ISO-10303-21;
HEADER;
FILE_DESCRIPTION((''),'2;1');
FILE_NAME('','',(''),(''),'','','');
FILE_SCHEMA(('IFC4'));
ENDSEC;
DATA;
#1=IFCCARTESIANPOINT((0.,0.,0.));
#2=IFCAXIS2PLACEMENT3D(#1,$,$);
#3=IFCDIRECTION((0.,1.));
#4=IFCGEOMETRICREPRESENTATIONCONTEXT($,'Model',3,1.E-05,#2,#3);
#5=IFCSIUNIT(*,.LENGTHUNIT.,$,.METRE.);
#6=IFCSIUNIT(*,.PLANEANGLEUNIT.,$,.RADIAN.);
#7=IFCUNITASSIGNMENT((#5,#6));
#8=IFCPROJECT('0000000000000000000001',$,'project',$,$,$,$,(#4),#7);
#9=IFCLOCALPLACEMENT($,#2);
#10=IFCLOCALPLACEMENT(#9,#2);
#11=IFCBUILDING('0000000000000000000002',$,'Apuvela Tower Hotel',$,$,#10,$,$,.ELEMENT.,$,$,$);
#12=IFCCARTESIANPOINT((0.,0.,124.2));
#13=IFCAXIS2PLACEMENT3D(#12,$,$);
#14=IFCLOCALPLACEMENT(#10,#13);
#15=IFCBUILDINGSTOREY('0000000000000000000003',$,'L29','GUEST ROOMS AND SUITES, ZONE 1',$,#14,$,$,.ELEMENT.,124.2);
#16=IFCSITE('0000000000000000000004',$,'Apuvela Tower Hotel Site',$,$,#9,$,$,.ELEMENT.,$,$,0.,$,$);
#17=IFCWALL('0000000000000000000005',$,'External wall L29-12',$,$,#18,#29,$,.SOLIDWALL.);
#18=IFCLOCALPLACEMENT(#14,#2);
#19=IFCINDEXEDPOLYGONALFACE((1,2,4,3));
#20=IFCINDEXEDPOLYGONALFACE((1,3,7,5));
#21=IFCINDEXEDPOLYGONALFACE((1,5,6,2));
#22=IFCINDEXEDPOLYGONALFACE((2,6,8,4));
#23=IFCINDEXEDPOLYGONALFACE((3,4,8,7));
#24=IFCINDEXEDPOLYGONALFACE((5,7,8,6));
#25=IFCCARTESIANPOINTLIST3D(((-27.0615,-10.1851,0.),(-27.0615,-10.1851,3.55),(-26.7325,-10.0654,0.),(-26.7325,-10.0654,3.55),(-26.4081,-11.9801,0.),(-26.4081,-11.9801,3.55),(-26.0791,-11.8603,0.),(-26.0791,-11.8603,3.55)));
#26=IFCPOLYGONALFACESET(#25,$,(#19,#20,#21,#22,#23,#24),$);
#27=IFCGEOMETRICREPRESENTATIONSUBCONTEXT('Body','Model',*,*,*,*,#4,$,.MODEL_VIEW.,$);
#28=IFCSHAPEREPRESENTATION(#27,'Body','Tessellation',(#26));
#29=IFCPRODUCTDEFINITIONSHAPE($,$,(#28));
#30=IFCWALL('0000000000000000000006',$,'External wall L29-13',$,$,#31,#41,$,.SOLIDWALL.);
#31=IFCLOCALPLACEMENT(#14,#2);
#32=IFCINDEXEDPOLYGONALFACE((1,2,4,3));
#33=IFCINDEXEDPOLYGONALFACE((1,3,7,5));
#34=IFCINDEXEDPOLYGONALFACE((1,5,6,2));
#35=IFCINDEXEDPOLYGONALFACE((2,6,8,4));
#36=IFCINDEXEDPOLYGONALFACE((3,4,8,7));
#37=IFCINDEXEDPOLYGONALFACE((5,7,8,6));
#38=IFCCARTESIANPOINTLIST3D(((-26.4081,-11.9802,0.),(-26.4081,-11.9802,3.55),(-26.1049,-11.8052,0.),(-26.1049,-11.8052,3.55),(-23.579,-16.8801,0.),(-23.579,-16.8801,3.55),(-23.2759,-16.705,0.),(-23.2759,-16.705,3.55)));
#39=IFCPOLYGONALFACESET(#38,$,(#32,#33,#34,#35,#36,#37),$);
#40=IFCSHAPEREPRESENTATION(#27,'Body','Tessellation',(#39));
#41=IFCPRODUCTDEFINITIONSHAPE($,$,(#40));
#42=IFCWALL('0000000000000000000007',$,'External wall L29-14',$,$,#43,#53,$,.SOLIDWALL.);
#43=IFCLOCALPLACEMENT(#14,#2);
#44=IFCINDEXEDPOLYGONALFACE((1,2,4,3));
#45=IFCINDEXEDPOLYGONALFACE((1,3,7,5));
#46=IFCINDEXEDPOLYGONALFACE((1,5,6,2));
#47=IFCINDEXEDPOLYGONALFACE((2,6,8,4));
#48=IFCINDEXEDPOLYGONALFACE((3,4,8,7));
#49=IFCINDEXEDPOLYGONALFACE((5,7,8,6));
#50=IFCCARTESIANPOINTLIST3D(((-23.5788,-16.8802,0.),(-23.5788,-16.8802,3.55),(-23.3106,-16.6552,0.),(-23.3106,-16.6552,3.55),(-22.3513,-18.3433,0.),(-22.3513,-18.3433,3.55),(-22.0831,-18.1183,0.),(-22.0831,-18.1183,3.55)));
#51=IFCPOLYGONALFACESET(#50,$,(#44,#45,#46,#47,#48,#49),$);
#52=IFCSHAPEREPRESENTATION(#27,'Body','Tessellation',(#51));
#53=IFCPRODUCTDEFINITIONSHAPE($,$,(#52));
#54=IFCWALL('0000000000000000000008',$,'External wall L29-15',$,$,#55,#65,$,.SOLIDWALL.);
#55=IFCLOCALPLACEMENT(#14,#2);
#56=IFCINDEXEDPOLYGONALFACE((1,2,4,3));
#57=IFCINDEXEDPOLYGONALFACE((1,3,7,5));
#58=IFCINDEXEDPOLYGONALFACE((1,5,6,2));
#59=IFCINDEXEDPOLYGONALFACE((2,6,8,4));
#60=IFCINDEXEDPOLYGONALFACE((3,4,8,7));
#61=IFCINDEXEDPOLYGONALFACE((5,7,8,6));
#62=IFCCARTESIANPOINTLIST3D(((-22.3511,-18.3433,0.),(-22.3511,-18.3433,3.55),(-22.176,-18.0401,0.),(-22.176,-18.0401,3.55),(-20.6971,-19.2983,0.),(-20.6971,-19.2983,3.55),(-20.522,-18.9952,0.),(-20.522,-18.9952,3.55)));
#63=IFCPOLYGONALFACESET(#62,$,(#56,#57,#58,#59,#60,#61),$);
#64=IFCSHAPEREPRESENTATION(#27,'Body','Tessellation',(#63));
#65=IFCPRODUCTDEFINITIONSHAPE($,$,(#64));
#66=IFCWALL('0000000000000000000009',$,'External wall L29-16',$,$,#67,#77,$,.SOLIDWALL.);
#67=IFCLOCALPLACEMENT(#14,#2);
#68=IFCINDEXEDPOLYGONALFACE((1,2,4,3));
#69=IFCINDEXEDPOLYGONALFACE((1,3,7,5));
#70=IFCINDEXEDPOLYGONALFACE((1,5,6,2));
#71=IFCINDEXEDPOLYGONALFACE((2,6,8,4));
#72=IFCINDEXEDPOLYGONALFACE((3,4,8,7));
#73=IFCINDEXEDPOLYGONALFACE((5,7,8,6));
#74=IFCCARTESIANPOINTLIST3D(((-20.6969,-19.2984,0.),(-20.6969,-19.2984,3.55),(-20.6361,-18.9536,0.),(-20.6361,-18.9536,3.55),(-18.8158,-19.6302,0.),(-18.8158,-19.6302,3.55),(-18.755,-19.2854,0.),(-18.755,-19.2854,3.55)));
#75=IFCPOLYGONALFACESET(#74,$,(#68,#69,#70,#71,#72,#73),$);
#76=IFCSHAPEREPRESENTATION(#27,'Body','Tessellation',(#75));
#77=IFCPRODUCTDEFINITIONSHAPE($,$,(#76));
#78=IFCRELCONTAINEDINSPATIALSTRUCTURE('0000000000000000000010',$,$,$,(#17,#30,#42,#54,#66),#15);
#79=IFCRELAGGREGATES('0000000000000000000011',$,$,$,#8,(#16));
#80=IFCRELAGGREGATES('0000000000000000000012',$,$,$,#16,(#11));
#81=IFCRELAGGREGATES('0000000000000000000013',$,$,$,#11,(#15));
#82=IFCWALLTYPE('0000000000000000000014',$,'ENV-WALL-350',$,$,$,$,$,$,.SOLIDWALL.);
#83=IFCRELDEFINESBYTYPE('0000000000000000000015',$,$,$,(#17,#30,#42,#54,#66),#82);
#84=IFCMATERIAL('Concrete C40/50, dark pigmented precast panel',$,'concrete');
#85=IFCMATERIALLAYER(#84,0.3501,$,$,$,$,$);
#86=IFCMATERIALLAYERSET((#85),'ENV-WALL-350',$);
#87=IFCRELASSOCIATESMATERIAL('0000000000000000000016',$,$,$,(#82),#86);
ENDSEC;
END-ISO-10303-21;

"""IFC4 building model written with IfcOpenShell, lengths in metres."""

from ifc_helpers import new_model, si_unit, direction, frame, frame_2d, origin, place, context, subcontext, project, spatial, rectangle, extrude, material, layer, layer_set, type_object, element, save


model = new_model("IFC4")

# Units and contexts
model_context = context("Model", 3, precision=1e-05, world=origin(), true_north=direction((0.0, 1.0)))
body_context = subcontext(model_context, "Body", "Model", "MODEL_VIEW")
ifc_project = project(units=[si_unit("LENGTHUNIT", "METRE"), si_unit("PLANEANGLEUNIT", "RADIAN")], contexts=[model_context])

# Site, building, storey
site_placement = place(None, origin())
site = spatial("IfcSite", under=ifc_project, at=site_placement, Name="Apuvela Tower Hotel Site", CompositionType="ELEMENT", RefElevation=0.0)
building_placement = place(site_placement, origin())
building = spatial("IfcBuilding", under=site, at=building_placement, Name="Apuvela Tower Hotel", CompositionType="ELEMENT")
storey_placement = place(building_placement, frame((0.0, 0.0, 124.2)))
storey = spatial("IfcBuildingStorey", under=building, at=storey_placement, Name="L29", Description="GUEST ROOMS AND SUITES, ZONE 1", CompositionType="ELEMENT", Elevation=124.2)

# Walls
ifc_material_1 = material(Name="Concrete C40/50, dark pigmented precast panel", Category="concrete")
ifc_layer_1 = layer(ifc_material_1, 0.3501)
ifc_layer_set_1 = layer_set([ifc_layer_1], Name="ENV-WALL-350")
wall_type_1 = type_object("IfcWallType", Name="ENV-WALL-350", PredefinedType="SOLIDWALL", material=ifc_layer_set_1)
wall_1_placement = place(storey_placement, frame((-26.897, -10.1252, 0.0), z_axis=(0.0, 0.0, 1.0), x_axis=(0.34203, -0.939689, 0.0)))
element("IfcWall", 1, at=wall_1_placement, inside=storey, type_object=wall_type_1, Name="External wall L29-12", PredefinedType="SOLIDWALL", context=body_context, shape_type="SweptSolid", body=[
    extrude(rectangle(XDim=1.9102, YDim=0.3501, at=frame_2d((0.9551, 0.0))), origin(), (0.0, 0.0, 1.0), 3.55),
])
wall_2_placement = place(storey_placement, frame((-26.2566, -11.8926, 0.0), z_axis=(0.0, 0.0, 1.0), x_axis=(0.500019, -0.866015, 0.0)))
element("IfcWall", 2, at=wall_2_placement, inside=storey, type_object=wall_type_1, Name="External wall L29-13", PredefinedType="SOLIDWALL", context=body_context, shape_type="SweptSolid", body=[
    extrude(rectangle(XDim=5.658, YDim=0.3501, at=frame_2d((2.8291, 0.0))), origin(), (0.0, 0.0, 1.0), 3.55),
])
for number, where, z_axis, x_axis, name in (
    (3, (-23.4448, -16.7676, 0.0), (0.0, 0.0, 1.0), (0.642733, -0.76609, 0.0), "External wall L29-14"),
    (4, (-22.2637, -18.1917, 0.0), (0.0, 0.0, 1.0), (0.866, -0.500043, 0.0), "External wall L29-15"),
):
    element("IfcWall", number, at=place(storey_placement, frame(where, z_axis=z_axis, x_axis=x_axis)), inside=storey, type_object=wall_type_1, Name=name, PredefinedType="SOLIDWALL", context=body_context, shape_type="SweptSolid", body=[
        extrude(rectangle(XDim=1.9099, YDim=0.3501, at=frame_2d((0.9551, 0.0))), origin(), (0.0, 0.0, 1.0), 3.55),
    ])
wall_3_placement = place(storey_placement, frame((-20.6665, -19.126, 0.0), z_axis=(0.0, 0.0, 1.0), x_axis=(0.984799, -0.173698, 0.0)))
element("IfcWall", 5, at=wall_3_placement, inside=storey, type_object=wall_type_1, Name="External wall L29-16", PredefinedType="SOLIDWALL", context=body_context, shape_type="SweptSolid", body=[
    extrude(rectangle(XDim=1.9102, YDim=0.3501, at=frame_2d((0.9551, 0.0))), origin(), (0.0, 0.0, 1.0), 3.55),
])

save(model, "model.ifc")
